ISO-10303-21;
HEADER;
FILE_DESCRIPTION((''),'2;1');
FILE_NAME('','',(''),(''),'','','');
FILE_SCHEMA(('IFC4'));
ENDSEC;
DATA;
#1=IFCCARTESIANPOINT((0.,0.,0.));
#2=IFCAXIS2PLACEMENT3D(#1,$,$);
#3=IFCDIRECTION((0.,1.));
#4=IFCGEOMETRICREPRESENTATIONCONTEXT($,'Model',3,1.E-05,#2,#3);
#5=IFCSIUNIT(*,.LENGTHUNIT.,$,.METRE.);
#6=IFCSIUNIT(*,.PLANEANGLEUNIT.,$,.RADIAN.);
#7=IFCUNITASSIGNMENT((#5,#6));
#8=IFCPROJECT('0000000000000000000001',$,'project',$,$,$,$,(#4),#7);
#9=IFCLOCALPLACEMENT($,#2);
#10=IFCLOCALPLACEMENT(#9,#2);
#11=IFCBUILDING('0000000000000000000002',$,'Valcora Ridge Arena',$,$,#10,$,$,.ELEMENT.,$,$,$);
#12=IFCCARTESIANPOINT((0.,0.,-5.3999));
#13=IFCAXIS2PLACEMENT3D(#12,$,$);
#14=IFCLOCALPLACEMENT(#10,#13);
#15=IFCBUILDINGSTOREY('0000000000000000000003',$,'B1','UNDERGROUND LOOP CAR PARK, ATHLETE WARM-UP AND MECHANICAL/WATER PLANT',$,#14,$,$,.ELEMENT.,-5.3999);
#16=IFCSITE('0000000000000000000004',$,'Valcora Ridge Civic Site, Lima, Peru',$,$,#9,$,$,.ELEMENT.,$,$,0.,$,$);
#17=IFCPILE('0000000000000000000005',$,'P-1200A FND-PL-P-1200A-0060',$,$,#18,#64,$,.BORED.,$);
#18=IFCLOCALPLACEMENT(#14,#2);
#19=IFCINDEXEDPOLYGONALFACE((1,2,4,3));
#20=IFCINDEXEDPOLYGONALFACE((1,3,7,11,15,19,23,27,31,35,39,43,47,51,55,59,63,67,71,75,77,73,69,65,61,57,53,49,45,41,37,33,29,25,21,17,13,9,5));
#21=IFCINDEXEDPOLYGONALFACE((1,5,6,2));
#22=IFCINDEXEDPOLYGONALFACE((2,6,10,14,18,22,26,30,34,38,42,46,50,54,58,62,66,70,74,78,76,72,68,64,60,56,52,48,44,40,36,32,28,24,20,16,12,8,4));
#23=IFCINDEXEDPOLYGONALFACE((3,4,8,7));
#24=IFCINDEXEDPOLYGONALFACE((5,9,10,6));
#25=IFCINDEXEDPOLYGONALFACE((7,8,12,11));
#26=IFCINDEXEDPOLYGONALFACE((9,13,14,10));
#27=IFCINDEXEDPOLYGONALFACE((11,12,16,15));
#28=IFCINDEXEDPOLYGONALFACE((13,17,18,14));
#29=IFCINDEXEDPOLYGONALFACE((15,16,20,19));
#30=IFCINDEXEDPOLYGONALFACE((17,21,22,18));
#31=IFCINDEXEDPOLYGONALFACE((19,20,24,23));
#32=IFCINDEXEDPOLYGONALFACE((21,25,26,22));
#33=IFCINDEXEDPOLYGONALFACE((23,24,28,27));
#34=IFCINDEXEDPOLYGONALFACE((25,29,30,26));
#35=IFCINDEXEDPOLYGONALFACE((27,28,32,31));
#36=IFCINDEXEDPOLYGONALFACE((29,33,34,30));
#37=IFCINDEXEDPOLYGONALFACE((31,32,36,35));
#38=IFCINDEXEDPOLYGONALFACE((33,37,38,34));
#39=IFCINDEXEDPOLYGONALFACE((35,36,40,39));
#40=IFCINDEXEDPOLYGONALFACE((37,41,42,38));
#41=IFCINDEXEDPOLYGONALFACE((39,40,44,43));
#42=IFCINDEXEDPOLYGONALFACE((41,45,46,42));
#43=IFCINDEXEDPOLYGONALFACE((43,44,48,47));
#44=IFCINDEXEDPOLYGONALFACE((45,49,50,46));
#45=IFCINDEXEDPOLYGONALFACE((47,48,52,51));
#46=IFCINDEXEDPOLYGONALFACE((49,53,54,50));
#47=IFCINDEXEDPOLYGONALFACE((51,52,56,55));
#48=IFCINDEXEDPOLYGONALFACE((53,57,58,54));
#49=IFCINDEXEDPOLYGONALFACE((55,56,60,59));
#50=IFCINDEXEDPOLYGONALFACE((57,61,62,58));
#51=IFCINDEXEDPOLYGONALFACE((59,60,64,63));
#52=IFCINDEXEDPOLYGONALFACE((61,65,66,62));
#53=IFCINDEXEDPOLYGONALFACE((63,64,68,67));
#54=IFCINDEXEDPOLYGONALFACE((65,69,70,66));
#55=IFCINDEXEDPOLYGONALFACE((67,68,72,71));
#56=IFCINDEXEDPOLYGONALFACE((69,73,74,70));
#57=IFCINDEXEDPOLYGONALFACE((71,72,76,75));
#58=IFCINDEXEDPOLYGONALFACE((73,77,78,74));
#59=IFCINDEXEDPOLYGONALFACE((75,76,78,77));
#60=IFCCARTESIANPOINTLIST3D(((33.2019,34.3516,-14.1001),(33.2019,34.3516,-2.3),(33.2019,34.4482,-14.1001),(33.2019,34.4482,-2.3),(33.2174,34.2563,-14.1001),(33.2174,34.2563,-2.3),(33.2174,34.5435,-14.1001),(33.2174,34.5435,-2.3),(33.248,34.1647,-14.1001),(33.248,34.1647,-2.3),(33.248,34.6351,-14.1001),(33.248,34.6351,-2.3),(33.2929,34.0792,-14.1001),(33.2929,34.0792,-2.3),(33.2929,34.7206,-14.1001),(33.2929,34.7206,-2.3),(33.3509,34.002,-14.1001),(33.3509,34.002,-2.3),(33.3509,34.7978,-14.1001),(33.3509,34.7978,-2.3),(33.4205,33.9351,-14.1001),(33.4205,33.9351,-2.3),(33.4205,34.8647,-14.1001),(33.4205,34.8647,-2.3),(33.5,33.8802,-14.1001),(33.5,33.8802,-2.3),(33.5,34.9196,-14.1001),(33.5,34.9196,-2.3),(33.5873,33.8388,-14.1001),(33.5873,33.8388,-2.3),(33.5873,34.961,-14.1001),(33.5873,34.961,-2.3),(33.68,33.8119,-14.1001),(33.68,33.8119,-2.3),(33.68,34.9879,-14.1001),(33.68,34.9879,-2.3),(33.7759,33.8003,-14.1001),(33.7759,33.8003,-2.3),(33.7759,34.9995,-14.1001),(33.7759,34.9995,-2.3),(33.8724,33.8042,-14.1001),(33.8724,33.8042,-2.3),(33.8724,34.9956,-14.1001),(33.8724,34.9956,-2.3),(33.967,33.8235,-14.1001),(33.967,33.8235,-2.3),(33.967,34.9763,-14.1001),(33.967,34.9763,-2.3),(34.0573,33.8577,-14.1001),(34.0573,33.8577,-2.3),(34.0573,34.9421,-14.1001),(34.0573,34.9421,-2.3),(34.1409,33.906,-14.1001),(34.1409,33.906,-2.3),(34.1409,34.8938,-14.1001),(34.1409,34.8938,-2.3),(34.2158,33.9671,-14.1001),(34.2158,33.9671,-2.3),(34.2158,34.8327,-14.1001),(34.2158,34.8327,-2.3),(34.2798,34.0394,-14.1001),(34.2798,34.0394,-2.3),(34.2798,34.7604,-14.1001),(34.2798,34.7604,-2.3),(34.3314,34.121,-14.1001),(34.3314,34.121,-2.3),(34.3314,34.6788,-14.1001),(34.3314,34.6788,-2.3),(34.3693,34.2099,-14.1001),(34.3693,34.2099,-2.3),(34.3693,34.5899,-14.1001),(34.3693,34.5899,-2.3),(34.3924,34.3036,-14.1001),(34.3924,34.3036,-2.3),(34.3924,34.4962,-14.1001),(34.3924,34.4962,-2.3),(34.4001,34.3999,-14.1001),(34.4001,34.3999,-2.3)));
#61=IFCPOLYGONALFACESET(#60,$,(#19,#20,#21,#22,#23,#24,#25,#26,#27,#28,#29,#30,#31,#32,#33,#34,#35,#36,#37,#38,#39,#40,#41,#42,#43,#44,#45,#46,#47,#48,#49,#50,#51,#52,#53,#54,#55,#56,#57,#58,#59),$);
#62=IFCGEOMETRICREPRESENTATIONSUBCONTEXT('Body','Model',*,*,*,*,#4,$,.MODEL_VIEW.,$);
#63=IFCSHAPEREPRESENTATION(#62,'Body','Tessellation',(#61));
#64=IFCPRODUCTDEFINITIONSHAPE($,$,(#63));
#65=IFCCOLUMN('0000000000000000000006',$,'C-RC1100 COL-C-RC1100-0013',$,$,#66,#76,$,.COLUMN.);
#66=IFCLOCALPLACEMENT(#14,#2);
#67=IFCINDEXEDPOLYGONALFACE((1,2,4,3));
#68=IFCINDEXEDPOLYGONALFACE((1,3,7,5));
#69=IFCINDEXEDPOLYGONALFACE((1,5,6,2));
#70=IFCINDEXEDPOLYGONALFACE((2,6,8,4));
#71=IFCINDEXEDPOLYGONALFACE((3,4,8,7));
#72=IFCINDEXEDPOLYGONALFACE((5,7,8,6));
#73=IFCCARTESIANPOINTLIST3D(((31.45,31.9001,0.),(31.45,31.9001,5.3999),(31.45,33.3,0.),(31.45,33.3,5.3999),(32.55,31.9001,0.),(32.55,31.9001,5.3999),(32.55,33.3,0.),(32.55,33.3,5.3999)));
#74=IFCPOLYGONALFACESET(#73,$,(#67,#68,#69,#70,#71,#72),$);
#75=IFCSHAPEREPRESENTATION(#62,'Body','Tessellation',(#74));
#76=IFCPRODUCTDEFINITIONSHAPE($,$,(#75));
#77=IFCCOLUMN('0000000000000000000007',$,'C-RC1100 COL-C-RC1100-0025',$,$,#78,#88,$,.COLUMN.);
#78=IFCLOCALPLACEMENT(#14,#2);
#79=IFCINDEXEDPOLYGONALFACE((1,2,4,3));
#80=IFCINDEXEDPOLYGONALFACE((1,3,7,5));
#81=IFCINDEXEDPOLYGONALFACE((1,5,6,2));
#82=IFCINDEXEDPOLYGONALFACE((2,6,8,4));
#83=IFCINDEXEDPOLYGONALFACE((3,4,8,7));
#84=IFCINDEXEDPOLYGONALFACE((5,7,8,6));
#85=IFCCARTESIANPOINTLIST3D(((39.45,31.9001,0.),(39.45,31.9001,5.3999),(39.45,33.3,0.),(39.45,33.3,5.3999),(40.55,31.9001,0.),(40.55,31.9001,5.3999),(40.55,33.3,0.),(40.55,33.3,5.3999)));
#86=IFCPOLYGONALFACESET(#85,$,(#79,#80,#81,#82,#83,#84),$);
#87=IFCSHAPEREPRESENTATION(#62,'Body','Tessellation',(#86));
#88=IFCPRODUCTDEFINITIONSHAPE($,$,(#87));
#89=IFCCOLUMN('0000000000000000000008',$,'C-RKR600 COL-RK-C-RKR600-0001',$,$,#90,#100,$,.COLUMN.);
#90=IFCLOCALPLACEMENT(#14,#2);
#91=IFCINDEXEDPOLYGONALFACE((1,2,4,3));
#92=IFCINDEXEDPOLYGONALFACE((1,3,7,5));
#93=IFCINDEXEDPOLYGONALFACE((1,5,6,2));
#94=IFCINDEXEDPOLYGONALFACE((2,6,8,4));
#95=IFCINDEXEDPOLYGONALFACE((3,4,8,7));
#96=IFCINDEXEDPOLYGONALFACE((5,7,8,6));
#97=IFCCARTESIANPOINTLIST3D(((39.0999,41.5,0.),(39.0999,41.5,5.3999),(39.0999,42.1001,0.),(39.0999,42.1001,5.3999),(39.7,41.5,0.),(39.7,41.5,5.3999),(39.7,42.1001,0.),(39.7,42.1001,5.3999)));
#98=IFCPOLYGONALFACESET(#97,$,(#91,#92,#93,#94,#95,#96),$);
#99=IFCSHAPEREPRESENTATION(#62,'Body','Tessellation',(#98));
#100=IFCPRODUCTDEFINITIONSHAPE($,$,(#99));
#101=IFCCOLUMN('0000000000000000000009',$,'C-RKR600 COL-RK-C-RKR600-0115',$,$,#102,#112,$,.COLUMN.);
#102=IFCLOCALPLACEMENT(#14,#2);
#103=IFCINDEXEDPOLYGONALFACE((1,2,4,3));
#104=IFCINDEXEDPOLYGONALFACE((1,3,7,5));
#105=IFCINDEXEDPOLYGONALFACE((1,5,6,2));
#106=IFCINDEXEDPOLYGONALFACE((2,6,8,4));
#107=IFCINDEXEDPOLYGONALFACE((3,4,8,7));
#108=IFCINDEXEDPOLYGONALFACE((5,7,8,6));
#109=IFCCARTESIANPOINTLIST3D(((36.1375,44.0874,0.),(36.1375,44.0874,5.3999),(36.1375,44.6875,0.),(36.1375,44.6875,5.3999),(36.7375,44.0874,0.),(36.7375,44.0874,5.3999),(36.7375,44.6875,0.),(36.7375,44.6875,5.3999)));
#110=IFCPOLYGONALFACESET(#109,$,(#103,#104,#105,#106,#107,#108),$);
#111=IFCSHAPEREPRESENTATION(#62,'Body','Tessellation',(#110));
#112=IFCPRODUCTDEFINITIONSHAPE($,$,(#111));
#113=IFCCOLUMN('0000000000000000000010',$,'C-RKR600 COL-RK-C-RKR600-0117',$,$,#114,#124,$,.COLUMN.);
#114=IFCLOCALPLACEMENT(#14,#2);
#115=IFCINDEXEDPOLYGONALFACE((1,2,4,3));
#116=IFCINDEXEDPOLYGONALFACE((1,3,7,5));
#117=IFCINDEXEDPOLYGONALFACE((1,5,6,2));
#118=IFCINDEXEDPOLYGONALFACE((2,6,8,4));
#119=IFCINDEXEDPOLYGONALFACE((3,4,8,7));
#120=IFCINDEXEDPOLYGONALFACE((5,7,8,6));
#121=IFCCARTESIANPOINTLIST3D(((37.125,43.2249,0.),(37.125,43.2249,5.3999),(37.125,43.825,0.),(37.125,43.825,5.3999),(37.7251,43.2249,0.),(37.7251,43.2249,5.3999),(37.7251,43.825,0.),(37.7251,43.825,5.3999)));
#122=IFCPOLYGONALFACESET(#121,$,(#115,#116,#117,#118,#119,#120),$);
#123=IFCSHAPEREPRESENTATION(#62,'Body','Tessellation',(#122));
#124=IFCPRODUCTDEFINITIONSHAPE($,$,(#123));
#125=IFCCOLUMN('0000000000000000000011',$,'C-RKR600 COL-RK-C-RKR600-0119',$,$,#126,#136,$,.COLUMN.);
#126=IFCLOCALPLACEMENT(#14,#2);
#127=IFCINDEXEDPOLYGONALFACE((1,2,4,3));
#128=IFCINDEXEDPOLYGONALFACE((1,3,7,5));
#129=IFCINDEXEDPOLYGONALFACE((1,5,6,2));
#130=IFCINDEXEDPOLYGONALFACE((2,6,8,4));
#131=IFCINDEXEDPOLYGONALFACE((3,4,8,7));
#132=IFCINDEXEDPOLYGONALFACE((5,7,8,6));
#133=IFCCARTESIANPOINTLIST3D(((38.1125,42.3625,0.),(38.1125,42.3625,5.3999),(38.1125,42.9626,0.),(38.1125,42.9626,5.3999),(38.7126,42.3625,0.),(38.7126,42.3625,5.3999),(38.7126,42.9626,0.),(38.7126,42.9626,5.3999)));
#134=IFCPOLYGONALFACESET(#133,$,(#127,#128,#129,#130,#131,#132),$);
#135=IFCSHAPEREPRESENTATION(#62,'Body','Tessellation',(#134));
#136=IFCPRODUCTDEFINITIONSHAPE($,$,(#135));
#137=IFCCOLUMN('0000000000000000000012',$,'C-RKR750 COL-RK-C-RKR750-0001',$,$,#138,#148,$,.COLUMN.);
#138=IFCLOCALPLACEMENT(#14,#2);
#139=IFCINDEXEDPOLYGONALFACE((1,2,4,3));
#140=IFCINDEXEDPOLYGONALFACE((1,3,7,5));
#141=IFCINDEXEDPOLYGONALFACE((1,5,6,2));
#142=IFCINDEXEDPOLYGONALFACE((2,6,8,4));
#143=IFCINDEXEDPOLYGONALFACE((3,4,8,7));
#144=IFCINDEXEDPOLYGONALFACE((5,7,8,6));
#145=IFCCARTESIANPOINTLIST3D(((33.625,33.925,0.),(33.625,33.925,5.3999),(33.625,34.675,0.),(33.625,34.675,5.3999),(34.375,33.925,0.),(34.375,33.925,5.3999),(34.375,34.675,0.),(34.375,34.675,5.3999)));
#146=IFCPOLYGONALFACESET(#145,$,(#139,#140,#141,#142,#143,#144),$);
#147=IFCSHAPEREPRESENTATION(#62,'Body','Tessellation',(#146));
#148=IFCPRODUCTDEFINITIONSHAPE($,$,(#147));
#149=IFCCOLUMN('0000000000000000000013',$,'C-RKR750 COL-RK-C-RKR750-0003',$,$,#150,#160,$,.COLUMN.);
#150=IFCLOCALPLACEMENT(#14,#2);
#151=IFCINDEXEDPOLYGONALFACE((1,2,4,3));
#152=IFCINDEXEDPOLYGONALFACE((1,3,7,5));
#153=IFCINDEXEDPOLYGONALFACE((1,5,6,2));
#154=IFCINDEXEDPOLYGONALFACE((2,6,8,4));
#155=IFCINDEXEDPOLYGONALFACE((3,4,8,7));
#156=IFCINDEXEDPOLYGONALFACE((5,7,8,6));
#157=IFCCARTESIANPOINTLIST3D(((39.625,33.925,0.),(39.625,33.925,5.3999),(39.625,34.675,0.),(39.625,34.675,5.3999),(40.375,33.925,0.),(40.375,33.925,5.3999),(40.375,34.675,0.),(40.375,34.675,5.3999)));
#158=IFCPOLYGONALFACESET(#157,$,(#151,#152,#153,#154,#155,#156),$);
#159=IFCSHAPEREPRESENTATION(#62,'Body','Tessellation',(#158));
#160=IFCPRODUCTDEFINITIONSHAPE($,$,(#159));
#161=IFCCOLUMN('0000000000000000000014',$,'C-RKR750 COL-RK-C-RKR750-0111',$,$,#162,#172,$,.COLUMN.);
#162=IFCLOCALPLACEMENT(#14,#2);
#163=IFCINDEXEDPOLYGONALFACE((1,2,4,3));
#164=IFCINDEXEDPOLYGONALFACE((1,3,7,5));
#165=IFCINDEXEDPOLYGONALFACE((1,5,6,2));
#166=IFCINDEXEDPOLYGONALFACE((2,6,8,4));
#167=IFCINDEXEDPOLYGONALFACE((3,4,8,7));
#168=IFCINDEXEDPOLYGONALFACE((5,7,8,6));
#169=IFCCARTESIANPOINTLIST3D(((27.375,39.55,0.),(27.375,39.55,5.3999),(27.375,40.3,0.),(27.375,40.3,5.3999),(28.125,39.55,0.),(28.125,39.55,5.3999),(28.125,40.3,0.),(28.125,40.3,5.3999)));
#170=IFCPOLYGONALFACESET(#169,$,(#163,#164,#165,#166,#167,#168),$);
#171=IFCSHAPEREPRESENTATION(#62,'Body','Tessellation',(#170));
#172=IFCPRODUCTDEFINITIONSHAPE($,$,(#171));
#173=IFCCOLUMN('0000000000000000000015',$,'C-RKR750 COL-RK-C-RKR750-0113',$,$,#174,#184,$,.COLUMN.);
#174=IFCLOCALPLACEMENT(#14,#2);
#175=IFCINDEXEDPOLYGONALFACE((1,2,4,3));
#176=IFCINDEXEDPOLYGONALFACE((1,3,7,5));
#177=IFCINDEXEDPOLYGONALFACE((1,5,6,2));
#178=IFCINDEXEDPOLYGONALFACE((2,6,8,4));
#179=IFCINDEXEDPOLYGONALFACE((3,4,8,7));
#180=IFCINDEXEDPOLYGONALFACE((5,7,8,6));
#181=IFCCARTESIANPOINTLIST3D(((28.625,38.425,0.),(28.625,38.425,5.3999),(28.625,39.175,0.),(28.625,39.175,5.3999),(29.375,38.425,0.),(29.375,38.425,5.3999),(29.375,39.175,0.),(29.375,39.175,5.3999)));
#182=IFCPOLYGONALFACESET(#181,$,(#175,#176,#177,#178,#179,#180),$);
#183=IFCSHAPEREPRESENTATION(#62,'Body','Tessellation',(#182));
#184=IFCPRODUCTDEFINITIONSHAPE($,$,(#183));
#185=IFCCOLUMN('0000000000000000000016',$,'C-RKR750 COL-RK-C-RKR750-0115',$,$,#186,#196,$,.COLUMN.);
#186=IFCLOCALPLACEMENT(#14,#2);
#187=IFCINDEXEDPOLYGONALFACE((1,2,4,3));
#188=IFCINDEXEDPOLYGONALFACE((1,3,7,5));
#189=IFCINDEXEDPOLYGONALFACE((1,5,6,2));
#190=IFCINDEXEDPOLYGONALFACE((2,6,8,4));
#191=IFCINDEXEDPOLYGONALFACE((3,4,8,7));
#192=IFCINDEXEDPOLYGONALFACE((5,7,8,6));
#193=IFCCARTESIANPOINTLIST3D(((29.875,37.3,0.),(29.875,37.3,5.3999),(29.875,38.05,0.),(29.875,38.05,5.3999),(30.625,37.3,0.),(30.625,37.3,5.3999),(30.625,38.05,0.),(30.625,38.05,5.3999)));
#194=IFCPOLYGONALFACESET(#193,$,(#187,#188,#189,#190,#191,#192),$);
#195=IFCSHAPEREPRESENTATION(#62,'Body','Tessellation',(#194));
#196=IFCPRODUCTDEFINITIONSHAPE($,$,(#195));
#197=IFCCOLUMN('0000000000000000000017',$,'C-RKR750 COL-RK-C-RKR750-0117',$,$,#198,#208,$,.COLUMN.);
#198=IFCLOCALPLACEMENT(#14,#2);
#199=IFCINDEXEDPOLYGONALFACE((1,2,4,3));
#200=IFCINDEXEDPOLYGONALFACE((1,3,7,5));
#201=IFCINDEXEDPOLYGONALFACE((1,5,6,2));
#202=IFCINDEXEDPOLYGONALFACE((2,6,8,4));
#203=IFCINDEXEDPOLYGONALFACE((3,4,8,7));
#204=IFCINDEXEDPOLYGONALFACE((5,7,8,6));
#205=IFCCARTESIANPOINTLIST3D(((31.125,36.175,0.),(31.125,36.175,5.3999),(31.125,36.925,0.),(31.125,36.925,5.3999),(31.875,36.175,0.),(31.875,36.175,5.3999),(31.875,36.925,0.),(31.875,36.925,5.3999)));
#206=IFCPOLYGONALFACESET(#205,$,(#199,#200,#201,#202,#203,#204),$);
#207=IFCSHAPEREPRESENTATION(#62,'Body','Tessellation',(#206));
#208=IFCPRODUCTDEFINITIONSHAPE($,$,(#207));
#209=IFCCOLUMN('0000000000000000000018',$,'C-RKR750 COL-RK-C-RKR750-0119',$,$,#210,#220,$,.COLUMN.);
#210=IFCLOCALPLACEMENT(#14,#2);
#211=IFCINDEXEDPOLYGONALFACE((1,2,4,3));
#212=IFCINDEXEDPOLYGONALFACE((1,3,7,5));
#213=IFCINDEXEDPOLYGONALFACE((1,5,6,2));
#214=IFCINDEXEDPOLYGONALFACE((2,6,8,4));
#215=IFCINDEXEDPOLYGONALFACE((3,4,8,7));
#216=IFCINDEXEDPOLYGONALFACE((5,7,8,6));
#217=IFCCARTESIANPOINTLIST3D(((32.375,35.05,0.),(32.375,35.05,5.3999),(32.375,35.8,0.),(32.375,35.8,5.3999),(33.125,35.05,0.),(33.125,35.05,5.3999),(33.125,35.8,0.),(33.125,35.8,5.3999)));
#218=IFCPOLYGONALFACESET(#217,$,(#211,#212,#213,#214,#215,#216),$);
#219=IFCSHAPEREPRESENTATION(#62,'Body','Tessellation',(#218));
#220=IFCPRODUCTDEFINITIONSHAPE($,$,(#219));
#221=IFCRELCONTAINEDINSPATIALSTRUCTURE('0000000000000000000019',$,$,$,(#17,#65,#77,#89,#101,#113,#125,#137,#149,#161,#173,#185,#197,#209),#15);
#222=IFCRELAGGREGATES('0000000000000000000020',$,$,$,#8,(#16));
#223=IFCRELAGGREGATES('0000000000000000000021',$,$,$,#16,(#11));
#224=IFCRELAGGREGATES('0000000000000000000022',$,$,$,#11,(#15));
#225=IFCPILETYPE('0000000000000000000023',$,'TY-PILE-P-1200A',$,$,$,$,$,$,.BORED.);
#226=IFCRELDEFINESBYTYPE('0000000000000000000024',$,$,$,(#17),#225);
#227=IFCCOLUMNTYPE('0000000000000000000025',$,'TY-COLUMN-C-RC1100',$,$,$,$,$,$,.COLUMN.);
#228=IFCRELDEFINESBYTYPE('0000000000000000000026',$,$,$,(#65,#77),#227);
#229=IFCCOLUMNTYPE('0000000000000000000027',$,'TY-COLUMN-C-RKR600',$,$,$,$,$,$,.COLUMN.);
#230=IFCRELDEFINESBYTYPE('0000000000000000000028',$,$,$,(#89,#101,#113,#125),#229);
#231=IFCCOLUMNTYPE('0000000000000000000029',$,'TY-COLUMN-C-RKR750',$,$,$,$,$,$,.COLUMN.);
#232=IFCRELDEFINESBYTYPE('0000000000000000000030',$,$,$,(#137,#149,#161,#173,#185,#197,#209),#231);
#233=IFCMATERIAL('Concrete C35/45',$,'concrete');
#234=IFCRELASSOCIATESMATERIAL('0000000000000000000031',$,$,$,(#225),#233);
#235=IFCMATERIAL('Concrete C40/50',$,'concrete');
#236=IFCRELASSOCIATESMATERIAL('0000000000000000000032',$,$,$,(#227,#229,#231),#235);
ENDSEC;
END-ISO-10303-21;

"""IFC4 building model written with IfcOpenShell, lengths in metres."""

from ifc_helpers import new_model, si_unit, direction, frame, origin, origin_2d, place, context, subcontext, project, spatial, rectangle, circle, extrude, material, material_profile, profile_set, type_object, element, save


model = new_model("IFC4")

# Units and contexts
model_context = context("Model", 3, precision=1e-05, world=origin(), true_north=direction((0.0, 1.0)))
body_context = subcontext(model_context, "Body", "Model", "MODEL_VIEW")
ifc_project = project(units=[si_unit("LENGTHUNIT", "METRE"), si_unit("PLANEANGLEUNIT", "RADIAN")], contexts=[model_context])

# Site, building, storey
site_placement = place(None, origin())
site = spatial("IfcSite", under=ifc_project, at=site_placement, Name="Valcora Ridge Civic Site, Lima, Peru", CompositionType="ELEMENT", RefElevation=0.0)
building_placement = place(site_placement, origin())
building = spatial("IfcBuilding", under=site, at=building_placement, Name="Valcora Ridge Arena", CompositionType="ELEMENT")
storey_placement = place(building_placement, frame((0.0, 0.0, -5.3999)))
storey = spatial("IfcBuildingStorey", under=building, at=storey_placement, Name="B1", Description="UNDERGROUND LOOP CAR PARK, ATHLETE WARM-UP AND MECHANICAL/WATER PLANT", CompositionType="ELEMENT", Elevation=-5.3999)

# Shared definitions
ifc_material_1 = material(Name="Concrete C40/50", Category="concrete")

# Pile
ifc_material_2 = material(Name="Concrete C35/45", Category="concrete")
ifc_material_profile_1 = material_profile(ifc_material_2, circle(Radius=0.6001, at=origin_2d()), Name="BORED PILE D1200")
ifc_profile_set_1 = profile_set([ifc_material_profile_1], Name="Concrete C35/45")
pile_type_1 = type_object("IfcPileType", Name="TY-PILE-P-1200A", PredefinedType="BORED", material=ifc_profile_set_1)
for number, where, z_axis, x_axis, name in (
    (1, (33.8, 34.3999, -2.3), (0.0, 0.0, -1.0), (1.0, 0.0, 0.0), "P-1200A FND-PL-P-1200A-0060"),
):
    element("IfcPile", number, at=place(storey_placement, frame(where, z_axis=z_axis, x_axis=x_axis)), inside=storey, type_object=pile_type_1, Name=name, PredefinedType="BORED", context=body_context, shape_type="SweptSolid", body=[
        extrude(circle(Radius=0.6001, at=origin_2d()), origin(), (0.0, 0.0, 1.0), 11.8),
    ])

# Columns
ifc_material_profile_2 = material_profile(ifc_material_1, rectangle(XDim=1.1001, YDim=1.3999, at=origin_2d()), Name="RC 1100x1400")
ifc_profile_set_2 = profile_set([ifc_material_profile_2], Name="Concrete C40/50")
column_type_1 = type_object("IfcColumnType", Name="TY-COLUMN-C-RC1100", PredefinedType="COLUMN", material=ifc_profile_set_2)
for number, where, z_axis, x_axis, name in (
    (2, (32.0, 32.6001, 0.0), (0.0, 0.0, 1.0), (1.0, 0.0, 0.0), "C-RC1100 COL-C-RC1100-0013"),
    (3, (40.0, 32.6001, 0.0), (0.0, 0.0, 1.0), (1.0, 0.0, 0.0), "C-RC1100 COL-C-RC1100-0025"),
):
    element("IfcColumn", number, at=place(storey_placement, frame(where, z_axis=z_axis, x_axis=x_axis)), inside=storey, type_object=column_type_1, Name=name, PredefinedType="COLUMN", context=body_context, shape_type="SweptSolid", body=[
        extrude(rectangle(XDim=1.1001, YDim=1.3999, at=origin_2d()), origin(), (0.0, 0.0, 1.0), 5.3999),
    ])
ifc_material_profile_3 = material_profile(ifc_material_1, rectangle(XDim=0.6001, YDim=0.6001, at=origin_2d()), Name="RC 600x600")
ifc_profile_set_3 = profile_set([ifc_material_profile_3], Name="Concrete C40/50")
column_type_2 = type_object("IfcColumnType", Name="TY-COLUMN-C-RKR600", PredefinedType="COLUMN", material=ifc_profile_set_3)
for number, where, z_axis, x_axis, name in (
    (4, (39.3999, 41.8, 0.0), (0.0, 0.0, 1.0), (1.0, 0.0, 0.0), "C-RKR600 COL-RK-C-RKR600-0001"),
    (5, (36.4375, 44.3875, 0.0), (0.0, 0.0, 1.0), (1.0, 0.0, 0.0), "C-RKR600 COL-RK-C-RKR600-0115"),
    (6, (37.425, 43.5249, 0.0), (0.0, 0.0, 1.0), (1.0, 0.0, 0.0), "C-RKR600 COL-RK-C-RKR600-0117"),
    (7, (38.4126, 42.6626, 0.0), (0.0, 0.0, 1.0), (1.0, 0.0, 0.0), "C-RKR600 COL-RK-C-RKR600-0119"),
):
    element("IfcColumn", number, at=place(storey_placement, frame(where, z_axis=z_axis, x_axis=x_axis)), inside=storey, type_object=column_type_2, Name=name, PredefinedType="COLUMN", context=body_context, shape_type="SweptSolid", body=[
        extrude(rectangle(XDim=0.6001, YDim=0.6001, at=origin_2d()), origin(), (0.0, 0.0, 1.0), 5.3999),
    ])
ifc_material_profile_4 = material_profile(ifc_material_1, rectangle(XDim=0.75, YDim=0.75, at=origin_2d()), Name="RC 750x750")
ifc_profile_set_4 = profile_set([ifc_material_profile_4], Name="Concrete C40/50")
column_type_3 = type_object("IfcColumnType", Name="TY-COLUMN-C-RKR750", PredefinedType="COLUMN", material=ifc_profile_set_4)
for number, where, z_axis, x_axis, name in (
    (8, (34.0, 34.3, 0.0), (0.0, 0.0, 1.0), (1.0, 0.0, 0.0), "C-RKR750 COL-RK-C-RKR750-0001"),
    (9, (40.0, 34.3, 0.0), (0.0, 0.0, 1.0), (1.0, 0.0, 0.0), "C-RKR750 COL-RK-C-RKR750-0003"),
    (10, (27.75, 39.925, 0.0), (0.0, 0.0, 1.0), (1.0, 0.0, 0.0), "C-RKR750 COL-RK-C-RKR750-0111"),
    (11, (29.0, 38.8, 0.0), (0.0, 0.0, 1.0), (1.0, 0.0, 0.0), "C-RKR750 COL-RK-C-RKR750-0113"),
    (12, (30.25, 37.675, 0.0), (0.0, 0.0, 1.0), (1.0, 0.0, 0.0), "C-RKR750 COL-RK-C-RKR750-0115"),
    (13, (31.5, 36.55, 0.0), (0.0, 0.0, 1.0), (1.0, 0.0, 0.0), "C-RKR750 COL-RK-C-RKR750-0117"),
    (14, (32.75, 35.425, 0.0), (0.0, 0.0, 1.0), (1.0, 0.0, 0.0), "C-RKR750 COL-RK-C-RKR750-0119"),
):
    element("IfcColumn", number, at=place(storey_placement, frame(where, z_axis=z_axis, x_axis=x_axis)), inside=storey, type_object=column_type_3, Name=name, PredefinedType="COLUMN", context=body_context, shape_type="SweptSolid", body=[
        extrude(rectangle(XDim=0.75, YDim=0.75, at=origin_2d()), origin(), (0.0, 0.0, 1.0), 5.3999),
    ])

save(model, "model.ifc")
